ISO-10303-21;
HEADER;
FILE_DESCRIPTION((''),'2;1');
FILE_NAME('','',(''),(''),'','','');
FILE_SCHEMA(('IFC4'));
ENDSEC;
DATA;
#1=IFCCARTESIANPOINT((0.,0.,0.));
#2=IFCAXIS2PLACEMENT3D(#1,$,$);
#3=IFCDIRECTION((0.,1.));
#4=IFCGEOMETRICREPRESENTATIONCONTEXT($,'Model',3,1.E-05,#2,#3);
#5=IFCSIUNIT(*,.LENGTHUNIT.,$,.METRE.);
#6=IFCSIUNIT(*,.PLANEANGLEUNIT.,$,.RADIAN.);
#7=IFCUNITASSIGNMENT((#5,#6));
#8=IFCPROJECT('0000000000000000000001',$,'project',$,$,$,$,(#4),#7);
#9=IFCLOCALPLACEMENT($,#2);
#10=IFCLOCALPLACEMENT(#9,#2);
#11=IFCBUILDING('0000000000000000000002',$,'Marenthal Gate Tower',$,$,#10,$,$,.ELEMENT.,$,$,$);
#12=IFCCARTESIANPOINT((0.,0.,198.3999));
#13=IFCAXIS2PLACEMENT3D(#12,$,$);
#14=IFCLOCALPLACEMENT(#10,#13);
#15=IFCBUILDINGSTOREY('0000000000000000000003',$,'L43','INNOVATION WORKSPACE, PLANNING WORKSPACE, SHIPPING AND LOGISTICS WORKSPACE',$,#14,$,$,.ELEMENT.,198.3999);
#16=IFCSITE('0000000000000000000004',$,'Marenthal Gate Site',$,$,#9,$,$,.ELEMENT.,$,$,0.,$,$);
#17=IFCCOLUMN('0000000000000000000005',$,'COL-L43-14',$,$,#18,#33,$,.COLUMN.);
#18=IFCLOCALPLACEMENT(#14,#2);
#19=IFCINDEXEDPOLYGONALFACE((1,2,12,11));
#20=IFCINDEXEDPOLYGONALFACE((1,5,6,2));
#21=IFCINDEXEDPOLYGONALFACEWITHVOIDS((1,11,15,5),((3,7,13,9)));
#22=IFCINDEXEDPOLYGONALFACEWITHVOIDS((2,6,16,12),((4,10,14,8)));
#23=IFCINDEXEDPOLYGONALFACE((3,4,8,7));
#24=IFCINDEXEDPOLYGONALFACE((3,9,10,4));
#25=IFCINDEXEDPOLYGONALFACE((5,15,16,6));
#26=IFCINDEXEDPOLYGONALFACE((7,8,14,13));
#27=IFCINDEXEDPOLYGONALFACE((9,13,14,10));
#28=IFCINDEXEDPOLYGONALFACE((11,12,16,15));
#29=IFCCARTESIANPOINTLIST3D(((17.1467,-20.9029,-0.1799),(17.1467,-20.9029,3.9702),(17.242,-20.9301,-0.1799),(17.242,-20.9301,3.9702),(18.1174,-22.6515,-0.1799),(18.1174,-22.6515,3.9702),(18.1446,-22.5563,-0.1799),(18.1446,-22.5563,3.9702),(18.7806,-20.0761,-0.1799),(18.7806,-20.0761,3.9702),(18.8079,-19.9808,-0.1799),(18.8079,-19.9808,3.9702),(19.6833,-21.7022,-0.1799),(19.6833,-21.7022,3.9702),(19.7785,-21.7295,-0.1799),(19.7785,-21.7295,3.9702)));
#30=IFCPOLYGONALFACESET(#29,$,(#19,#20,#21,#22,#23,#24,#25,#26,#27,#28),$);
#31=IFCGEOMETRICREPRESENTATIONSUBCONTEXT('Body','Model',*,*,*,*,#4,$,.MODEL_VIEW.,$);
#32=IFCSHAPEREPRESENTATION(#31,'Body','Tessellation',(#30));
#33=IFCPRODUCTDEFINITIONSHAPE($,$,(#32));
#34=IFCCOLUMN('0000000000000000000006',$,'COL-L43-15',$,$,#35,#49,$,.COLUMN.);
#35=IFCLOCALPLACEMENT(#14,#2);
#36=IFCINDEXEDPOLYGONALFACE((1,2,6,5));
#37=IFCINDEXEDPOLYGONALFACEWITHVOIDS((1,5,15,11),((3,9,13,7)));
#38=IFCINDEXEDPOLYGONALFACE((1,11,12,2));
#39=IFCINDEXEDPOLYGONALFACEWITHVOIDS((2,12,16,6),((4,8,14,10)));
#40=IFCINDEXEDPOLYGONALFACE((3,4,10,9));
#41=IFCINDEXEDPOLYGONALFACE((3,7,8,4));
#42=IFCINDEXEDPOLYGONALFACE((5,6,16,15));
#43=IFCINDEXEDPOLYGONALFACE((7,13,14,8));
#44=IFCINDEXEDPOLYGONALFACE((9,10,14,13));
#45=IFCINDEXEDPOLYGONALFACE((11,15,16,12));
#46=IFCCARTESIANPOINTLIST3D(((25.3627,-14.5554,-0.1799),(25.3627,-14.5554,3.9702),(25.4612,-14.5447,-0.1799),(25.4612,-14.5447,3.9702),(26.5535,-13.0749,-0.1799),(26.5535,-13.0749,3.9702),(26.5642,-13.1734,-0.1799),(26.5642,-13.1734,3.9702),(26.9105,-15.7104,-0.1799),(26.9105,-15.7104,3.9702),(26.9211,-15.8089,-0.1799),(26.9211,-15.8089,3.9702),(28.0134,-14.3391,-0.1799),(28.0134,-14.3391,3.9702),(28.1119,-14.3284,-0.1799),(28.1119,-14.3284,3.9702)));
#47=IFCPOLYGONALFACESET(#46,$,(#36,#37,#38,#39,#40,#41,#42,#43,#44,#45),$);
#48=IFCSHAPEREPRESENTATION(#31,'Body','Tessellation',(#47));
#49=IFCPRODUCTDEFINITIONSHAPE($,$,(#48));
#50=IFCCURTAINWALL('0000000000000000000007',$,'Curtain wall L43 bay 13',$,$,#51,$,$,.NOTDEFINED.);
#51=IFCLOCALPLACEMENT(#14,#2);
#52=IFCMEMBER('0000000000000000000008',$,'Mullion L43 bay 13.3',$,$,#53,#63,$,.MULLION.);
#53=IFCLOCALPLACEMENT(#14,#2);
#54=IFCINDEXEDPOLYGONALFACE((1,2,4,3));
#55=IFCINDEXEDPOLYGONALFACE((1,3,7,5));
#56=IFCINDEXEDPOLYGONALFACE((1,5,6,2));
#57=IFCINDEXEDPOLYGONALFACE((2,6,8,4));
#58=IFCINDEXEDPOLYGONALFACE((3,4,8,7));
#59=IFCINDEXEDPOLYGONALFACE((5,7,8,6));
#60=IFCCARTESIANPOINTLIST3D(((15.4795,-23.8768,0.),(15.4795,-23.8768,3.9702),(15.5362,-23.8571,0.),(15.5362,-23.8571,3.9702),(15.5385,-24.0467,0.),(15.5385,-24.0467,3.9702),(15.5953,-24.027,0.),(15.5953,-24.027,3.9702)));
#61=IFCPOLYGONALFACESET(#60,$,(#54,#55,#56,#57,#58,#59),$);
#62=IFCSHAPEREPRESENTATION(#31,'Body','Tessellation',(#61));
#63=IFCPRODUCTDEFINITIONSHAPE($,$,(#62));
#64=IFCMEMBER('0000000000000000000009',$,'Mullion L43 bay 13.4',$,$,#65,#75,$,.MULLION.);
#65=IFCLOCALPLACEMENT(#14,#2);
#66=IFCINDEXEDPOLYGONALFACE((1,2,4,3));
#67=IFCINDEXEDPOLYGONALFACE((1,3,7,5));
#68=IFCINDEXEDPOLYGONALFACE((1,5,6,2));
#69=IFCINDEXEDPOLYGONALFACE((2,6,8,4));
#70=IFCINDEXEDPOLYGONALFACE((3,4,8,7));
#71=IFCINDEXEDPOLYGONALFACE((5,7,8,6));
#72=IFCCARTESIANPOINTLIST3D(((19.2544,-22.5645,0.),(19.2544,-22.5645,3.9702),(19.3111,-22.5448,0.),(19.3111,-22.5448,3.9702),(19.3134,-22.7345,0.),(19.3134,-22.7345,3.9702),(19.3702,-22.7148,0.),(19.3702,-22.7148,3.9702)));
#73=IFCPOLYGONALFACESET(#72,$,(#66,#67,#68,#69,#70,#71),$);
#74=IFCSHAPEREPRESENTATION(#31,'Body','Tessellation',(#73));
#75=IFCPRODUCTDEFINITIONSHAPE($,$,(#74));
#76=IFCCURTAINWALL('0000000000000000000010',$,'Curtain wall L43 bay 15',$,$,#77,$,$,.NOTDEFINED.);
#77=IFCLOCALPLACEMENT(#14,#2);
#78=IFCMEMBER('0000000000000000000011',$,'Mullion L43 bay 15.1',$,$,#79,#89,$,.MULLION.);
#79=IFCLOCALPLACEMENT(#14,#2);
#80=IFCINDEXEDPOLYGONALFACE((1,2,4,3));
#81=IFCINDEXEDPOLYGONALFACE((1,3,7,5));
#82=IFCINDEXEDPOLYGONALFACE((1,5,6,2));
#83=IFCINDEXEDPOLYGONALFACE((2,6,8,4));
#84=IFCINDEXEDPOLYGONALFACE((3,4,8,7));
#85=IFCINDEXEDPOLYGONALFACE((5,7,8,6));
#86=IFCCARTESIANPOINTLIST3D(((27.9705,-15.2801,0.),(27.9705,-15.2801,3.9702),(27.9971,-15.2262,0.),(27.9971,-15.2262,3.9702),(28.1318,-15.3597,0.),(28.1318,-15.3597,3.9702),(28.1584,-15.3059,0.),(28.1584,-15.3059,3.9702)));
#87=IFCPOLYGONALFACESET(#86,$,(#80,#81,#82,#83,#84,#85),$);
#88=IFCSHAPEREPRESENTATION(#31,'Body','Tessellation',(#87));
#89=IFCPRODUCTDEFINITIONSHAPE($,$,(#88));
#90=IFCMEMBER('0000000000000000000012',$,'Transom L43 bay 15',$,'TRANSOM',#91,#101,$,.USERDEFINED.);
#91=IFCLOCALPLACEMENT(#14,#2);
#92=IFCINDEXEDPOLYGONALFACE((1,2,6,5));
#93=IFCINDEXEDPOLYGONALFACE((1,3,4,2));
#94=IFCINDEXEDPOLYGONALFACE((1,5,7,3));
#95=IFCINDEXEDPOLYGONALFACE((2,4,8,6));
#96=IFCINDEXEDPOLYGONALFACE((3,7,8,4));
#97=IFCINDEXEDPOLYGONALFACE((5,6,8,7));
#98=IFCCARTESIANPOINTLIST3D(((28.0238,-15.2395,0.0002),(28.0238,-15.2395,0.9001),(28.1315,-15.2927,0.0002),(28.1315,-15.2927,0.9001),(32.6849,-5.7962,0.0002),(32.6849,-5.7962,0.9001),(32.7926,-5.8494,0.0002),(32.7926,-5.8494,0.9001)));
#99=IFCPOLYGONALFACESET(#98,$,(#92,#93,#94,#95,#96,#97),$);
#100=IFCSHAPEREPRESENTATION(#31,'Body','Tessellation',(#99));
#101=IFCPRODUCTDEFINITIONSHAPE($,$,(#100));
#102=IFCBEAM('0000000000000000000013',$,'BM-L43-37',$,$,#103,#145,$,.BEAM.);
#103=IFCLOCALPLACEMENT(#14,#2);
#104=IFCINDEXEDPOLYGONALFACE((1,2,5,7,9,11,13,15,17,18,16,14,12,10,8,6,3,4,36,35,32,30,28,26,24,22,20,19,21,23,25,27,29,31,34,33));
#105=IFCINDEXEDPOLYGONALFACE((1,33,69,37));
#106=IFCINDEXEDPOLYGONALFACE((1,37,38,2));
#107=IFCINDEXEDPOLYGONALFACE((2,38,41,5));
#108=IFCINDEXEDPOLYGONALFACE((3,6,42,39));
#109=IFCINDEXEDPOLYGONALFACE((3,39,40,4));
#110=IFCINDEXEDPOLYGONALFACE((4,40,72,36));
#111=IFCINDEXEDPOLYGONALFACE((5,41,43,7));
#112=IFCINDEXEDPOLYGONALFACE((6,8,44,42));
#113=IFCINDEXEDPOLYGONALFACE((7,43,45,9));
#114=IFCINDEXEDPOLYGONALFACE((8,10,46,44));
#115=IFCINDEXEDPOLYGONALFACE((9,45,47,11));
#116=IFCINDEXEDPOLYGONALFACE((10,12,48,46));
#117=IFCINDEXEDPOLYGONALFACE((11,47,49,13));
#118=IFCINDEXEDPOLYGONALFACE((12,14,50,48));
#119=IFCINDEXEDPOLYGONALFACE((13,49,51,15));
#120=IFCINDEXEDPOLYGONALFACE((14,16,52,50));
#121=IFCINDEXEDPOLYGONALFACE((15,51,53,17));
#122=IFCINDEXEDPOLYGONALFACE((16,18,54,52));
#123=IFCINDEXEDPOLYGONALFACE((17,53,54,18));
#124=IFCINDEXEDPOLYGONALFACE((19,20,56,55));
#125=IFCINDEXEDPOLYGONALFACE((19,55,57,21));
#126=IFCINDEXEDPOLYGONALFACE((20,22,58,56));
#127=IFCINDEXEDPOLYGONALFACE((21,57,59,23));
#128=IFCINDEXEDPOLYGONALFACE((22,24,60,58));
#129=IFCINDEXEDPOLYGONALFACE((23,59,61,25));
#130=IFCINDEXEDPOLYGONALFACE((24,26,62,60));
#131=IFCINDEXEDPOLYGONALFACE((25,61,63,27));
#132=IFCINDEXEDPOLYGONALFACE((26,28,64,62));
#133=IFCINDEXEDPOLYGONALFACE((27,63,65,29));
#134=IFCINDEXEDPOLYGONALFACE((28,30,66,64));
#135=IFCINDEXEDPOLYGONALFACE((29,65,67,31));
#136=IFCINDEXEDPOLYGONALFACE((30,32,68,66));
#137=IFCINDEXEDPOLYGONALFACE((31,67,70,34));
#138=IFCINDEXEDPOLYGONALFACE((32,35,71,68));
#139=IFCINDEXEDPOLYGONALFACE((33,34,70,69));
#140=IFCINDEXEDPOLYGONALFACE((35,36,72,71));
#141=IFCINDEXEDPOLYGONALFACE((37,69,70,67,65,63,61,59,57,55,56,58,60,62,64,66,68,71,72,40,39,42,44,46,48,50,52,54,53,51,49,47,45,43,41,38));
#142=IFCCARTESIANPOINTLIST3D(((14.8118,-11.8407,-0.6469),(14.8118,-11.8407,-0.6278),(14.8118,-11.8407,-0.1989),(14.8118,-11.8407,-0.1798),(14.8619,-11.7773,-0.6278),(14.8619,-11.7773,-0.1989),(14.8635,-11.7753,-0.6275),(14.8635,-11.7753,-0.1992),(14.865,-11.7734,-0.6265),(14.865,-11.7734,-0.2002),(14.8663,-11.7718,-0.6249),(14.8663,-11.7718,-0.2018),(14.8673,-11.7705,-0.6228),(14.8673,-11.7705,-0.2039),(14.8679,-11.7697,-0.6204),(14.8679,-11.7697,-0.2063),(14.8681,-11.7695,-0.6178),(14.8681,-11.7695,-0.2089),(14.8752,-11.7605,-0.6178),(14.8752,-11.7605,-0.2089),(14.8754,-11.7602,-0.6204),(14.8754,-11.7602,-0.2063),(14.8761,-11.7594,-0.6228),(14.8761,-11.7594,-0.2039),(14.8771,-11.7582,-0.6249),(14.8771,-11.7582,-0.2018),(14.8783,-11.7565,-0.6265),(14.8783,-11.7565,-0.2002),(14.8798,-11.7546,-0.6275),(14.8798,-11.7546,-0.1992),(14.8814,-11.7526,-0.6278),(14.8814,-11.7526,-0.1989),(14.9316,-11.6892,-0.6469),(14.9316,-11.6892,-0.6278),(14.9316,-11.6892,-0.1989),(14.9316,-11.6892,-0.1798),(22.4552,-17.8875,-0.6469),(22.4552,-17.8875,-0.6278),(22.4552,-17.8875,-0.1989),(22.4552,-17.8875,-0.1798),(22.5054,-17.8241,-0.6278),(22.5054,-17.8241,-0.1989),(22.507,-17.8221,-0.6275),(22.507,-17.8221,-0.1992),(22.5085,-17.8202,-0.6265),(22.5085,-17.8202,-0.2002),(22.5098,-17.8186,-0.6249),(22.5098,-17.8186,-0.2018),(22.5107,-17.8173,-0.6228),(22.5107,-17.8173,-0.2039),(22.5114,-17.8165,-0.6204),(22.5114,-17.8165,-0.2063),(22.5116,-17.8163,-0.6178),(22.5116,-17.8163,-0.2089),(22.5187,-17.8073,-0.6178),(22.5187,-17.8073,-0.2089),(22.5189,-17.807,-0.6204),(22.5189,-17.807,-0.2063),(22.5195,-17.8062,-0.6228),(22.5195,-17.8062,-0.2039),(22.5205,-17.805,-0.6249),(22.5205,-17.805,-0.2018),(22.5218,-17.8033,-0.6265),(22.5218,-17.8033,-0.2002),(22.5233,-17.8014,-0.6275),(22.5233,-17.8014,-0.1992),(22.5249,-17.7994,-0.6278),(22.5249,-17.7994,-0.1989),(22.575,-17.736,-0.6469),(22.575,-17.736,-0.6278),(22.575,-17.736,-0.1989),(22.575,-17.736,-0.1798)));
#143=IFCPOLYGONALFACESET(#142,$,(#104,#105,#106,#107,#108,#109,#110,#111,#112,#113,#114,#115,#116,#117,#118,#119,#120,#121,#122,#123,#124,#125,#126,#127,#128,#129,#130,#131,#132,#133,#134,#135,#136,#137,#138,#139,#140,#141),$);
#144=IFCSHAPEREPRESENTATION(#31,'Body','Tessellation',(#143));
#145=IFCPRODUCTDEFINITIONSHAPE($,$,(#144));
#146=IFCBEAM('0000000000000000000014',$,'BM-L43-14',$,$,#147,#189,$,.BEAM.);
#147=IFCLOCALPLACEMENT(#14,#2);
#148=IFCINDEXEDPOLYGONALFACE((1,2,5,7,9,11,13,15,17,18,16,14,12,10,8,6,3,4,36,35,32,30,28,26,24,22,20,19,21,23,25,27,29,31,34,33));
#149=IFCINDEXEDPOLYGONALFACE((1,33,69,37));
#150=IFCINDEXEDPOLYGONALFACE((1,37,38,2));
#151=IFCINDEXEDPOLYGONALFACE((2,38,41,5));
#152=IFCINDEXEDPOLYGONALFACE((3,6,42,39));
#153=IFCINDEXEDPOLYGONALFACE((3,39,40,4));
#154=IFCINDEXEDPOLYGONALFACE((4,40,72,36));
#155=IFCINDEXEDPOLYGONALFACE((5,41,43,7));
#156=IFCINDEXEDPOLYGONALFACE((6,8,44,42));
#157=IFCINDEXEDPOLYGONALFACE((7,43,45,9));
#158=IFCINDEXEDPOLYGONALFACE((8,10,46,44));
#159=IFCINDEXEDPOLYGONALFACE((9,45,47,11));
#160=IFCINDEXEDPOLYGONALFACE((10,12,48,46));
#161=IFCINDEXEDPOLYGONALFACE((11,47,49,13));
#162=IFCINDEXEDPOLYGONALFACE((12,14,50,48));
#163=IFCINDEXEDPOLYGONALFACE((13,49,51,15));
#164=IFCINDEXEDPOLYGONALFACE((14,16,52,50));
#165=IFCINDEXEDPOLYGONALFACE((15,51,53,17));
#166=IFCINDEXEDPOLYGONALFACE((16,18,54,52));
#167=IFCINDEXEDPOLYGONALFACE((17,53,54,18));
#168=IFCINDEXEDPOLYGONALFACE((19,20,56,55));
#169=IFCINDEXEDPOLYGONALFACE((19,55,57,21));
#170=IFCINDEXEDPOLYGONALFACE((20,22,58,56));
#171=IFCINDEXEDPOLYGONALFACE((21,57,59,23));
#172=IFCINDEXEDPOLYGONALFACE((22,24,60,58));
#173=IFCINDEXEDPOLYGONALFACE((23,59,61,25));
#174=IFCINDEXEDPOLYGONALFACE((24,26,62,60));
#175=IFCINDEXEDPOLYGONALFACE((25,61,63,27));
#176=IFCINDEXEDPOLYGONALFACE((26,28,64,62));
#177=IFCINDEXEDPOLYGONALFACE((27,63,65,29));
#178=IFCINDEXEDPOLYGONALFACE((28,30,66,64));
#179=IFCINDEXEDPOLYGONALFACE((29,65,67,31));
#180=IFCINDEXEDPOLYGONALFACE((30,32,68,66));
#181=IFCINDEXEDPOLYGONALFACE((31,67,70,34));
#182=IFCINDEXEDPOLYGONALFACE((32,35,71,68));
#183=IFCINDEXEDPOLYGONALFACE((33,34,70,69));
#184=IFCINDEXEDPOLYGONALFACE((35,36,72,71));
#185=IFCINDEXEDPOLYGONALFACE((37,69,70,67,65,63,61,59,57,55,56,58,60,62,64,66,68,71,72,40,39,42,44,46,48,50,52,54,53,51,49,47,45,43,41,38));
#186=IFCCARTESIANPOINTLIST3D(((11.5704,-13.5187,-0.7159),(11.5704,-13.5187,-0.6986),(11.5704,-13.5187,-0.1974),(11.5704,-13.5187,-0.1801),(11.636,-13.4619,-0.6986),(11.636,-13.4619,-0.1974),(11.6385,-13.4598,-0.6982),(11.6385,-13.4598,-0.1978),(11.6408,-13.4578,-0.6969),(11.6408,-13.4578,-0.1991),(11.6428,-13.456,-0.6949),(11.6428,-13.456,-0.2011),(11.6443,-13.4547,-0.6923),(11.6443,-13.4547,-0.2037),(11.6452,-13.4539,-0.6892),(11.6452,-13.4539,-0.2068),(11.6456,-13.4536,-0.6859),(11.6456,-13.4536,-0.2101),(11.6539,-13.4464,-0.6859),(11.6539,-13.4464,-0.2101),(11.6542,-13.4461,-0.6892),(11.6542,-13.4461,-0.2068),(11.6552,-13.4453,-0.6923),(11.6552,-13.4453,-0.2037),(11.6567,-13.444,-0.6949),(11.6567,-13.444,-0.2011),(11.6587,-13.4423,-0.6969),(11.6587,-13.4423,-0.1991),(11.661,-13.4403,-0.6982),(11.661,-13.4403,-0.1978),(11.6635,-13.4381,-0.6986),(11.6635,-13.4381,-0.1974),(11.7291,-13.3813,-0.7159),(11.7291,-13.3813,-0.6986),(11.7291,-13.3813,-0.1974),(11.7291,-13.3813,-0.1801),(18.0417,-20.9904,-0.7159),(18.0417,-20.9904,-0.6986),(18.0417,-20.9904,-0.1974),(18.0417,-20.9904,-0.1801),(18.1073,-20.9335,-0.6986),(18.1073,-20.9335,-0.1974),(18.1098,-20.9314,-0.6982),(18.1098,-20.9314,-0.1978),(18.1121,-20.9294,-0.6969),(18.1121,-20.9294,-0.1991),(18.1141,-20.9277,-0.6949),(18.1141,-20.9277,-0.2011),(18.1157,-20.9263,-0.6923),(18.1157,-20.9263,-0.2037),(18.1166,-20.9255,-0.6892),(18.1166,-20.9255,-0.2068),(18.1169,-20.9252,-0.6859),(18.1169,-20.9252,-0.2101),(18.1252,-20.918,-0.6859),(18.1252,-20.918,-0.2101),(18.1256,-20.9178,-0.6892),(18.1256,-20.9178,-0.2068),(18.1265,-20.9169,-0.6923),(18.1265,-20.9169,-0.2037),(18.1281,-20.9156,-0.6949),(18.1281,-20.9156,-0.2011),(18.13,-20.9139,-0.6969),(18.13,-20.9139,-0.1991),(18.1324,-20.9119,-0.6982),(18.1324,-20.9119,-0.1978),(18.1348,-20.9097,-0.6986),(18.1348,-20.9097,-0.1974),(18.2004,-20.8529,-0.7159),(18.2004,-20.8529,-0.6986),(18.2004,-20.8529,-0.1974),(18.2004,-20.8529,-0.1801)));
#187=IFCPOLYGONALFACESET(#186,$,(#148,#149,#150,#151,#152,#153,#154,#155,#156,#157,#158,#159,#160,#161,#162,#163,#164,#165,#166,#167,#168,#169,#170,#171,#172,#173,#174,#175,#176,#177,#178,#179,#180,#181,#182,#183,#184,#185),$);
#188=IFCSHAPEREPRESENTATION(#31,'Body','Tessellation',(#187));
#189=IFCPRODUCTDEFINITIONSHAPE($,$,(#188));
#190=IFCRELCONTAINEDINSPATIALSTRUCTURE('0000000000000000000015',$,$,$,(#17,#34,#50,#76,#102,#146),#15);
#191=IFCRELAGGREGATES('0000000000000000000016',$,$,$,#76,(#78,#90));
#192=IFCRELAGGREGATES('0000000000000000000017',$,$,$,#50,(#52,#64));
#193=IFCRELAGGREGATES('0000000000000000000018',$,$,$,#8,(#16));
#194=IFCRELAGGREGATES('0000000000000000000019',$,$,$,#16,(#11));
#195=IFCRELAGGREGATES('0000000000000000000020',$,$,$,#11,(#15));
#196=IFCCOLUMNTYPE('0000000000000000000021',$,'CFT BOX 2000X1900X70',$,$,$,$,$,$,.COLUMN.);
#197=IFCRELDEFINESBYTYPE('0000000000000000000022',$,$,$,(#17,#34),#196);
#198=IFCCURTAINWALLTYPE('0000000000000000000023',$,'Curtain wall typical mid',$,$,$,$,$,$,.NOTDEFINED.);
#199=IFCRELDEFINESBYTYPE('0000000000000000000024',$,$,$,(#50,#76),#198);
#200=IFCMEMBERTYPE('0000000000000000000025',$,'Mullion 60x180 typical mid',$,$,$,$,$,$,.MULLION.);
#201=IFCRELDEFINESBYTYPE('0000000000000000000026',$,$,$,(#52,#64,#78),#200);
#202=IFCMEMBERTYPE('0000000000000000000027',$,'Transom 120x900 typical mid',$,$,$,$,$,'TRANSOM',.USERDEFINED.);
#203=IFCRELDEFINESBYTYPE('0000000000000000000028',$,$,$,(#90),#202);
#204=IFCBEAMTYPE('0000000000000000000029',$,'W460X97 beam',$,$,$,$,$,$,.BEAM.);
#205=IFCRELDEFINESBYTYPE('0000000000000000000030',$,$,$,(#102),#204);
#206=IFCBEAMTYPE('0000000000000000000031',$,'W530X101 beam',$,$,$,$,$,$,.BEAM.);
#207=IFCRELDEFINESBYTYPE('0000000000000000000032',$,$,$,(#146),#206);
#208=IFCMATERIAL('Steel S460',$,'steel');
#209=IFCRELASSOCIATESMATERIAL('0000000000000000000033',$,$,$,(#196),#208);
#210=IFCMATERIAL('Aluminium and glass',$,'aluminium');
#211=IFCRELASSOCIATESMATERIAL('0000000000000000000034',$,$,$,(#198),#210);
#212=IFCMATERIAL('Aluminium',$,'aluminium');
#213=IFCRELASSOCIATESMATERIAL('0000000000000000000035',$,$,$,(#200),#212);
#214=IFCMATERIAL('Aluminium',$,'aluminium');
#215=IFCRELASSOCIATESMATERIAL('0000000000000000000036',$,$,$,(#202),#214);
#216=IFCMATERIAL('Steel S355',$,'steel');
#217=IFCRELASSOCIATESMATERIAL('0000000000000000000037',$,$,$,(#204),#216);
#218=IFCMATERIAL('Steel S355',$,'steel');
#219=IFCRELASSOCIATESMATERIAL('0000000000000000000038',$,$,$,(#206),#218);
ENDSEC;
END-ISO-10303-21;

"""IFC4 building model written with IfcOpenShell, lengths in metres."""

from ifc_helpers import new_model, si_unit, direction, frame, origin, origin_2d, place, context, subcontext, project, spatial, rectangle, hollow_rectangle, i_section, extrude, material, material_profile, profile_set, type_object, element, aggregate, save


model = new_model("IFC4")

# Units and contexts
model_context = context("Model", 3, precision=1e-05, world=origin(), true_north=direction((0.0, 1.0)))
body_context = subcontext(model_context, "Body", "Model", "MODEL_VIEW")
ifc_project = project(units=[si_unit("LENGTHUNIT", "METRE"), si_unit("PLANEANGLEUNIT", "RADIAN")], contexts=[model_context])

# Site, building, storey
site_placement = place(None, origin())
site = spatial("IfcSite", under=ifc_project, at=site_placement, Name="Marenthal Gate Site", CompositionType="ELEMENT", RefElevation=0.0)
building_placement = place(site_placement, origin())
building = spatial("IfcBuilding", under=site, at=building_placement, Name="Marenthal Gate Tower", CompositionType="ELEMENT")
storey_placement = place(building_placement, frame((0.0, 0.0, 198.3999)))
storey = spatial("IfcBuildingStorey", under=building, at=storey_placement, Name="L43", Description="INNOVATION WORKSPACE, PLANNING WORKSPACE, SHIPPING AND LOGISTICS WORKSPACE", CompositionType="ELEMENT", Elevation=198.3999)

# Columns
ifc_material_1 = material(Name="Steel S460", Category="steel")
ifc_material_profile_1 = material_profile(ifc_material_1, hollow_rectangle(XDim=1.8999, YDim=2.0, WallThickness=0.0701, at=origin_2d()), Name="CFT BOX 2000X1900X70")
ifc_material_2 = material(Name="Concrete 70 MPa", Category="concrete")
ifc_material_profile_2 = material_profile(ifc_material_2, rectangle(XDim=1.76, YDim=1.8601, at=origin_2d()), Name="CFT BOX 2000X1900X70 INFILL")
ifc_profile_set_1 = profile_set([ifc_material_profile_1, ifc_material_profile_2], Name="Steel S460 shell, Concrete 70 MPa infill")
column_type = type_object("IfcColumnType", Name="CFT BOX 2000X1900X70", PredefinedType="COLUMN", material=ifc_profile_set_1)
for number, where, z_axis, x_axis, name in (
    (1, (18.4626, -21.3162, -0.1799), (0.0, 0.0, 1.0), (-0.874337, -0.485319, 0.0), "COL-L43-14"),
    (2, (26.7373, -14.4419, -0.1799), (0.0, 0.0, 1.0), (-0.626752, -0.779219, 0.0), "COL-L43-15"),
):
    element("IfcColumn", number, at=place(storey_placement, frame(where, z_axis=z_axis, x_axis=x_axis)), inside=storey, type_object=column_type, Name=name, PredefinedType="COLUMN", context=body_context, shape_type="SweptSolid", body=[
        extrude(hollow_rectangle(XDim=1.8999, YDim=2.0, WallThickness=0.0701, at=origin_2d()), origin(), (0.0, 0.0, 1.0), 4.1501),
    ])

# Curtain walls, members
ifc_material_3 = material(Name="Aluminium and glass", Category="aluminium")
curtain_wall_type = type_object("IfcCurtainWallType", Name="Curtain wall typical mid", PredefinedType="NOTDEFINED", material=ifc_material_3)
curtain_wall_1_placement = place(storey_placement, origin())
curtain_wall_1 = element("IfcCurtainWall", 3, at=curtain_wall_1_placement, inside=storey, type_object=curtain_wall_type, Name="Curtain wall L43 bay 13", PredefinedType="NOTDEFINED")
ifc_material_4 = material(Name="Aluminium", Category="aluminium")
ifc_material_profile_3 = material_profile(ifc_material_4, rectangle(XDim=0.1799, YDim=0.0601, at=origin_2d()), Name="60x180 aluminium mullion")
ifc_profile_set_2 = profile_set([ifc_material_profile_3], Name="Aluminium")
member_type_1 = type_object("IfcMemberType", Name="Mullion 60x180 typical mid", PredefinedType="MULLION", material=ifc_profile_set_2)
member_1_placement = place(storey_placement, frame((15.5374, -23.9519, 0.0), z_axis=(0.0, 0.0, 1.0), x_axis=(-0.328332, 0.944562, 0.0)))
member_1 = element("IfcMember", 4, at=member_1_placement, type_object=member_type_1, Name="Mullion L43 bay 13.3", PredefinedType="MULLION", context=body_context, shape_type="SweptSolid", body=[
    extrude(rectangle(XDim=0.1799, YDim=0.0601, at=origin_2d()), origin(), (0.0, 0.0, 1.0), 3.9702),
])
member_2_placement = place(storey_placement, frame((19.3123, -22.6396, 0.0), z_axis=(0.0, 0.0, 1.0), x_axis=(-0.328332, 0.944562, 0.0)))
member_2 = element("IfcMember", 5, at=member_2_placement, type_object=member_type_1, Name="Mullion L43 bay 13.4", PredefinedType="MULLION", context=body_context, shape_type="SweptSolid", body=[
    extrude(rectangle(XDim=0.1799, YDim=0.0601, at=origin_2d()), origin(), (0.0, 0.0, 1.0), 3.9702),
])
curtain_wall_2_placement = place(storey_placement, origin())
curtain_wall_2 = element("IfcCurtainWall", 6, at=curtain_wall_2_placement, inside=storey, type_object=curtain_wall_type, Name="Curtain wall L43 bay 15", PredefinedType="NOTDEFINED")
member_3_placement = place(storey_placement, frame((28.0645, -15.293, 0.0), z_axis=(0.0, 0.0, 1.0), x_axis=(-0.896716, 0.442607, 0.0)))
member_3 = element("IfcMember", 7, at=member_3_placement, type_object=member_type_1, Name="Mullion L43 bay 15.1", PredefinedType="MULLION", context=body_context, shape_type="SweptSolid", body=[
    extrude(rectangle(XDim=0.1799, YDim=0.0601, at=origin_2d()), origin(), (0.0, 0.0, 1.0), 3.9702),
])
ifc_material_5 = material(Name="Aluminium", Category="aluminium")
ifc_material_profile_4 = material_profile(ifc_material_5, rectangle(XDim=0.1201, YDim=0.8999, at=origin_2d()), Name="120x900 aluminium transom")
ifc_profile_set_3 = profile_set([ifc_material_profile_4], Name="Aluminium")
member_type_2 = type_object("IfcMemberType", Name="Transom 120x900 typical mid", ElementType="TRANSOM", PredefinedType="USERDEFINED", material=ifc_profile_set_3)
member_4_placement = place(storey_placement, frame((28.0776, -15.2661, 0.4502), z_axis=(0.442608, 0.896715, 0.0), x_axis=(-0.896715, 0.442608, 0.0)))
member_4 = element("IfcMember", 8, at=member_4_placement, type_object=member_type_2, Name="Transom L43 bay 15", ObjectType="TRANSOM", PredefinedType="USERDEFINED", context=body_context, shape_type="SweptSolid", body=[
    extrude(rectangle(XDim=0.1201, YDim=0.8999, at=origin_2d()), origin(), (0.0, 0.0, 1.0), 10.531),
])
aggregate(curtain_wall_2, [member_3, member_4])

# Beams
ifc_material_6 = material(Name="Steel S355", Category="steel")
ifc_material_profile_5 = material_profile(ifc_material_6, i_section(OverallWidth=0.1931, OverallDepth=0.467, WebThickness=0.0115, FlangeThickness=0.019, FilletRadius=0.01, at=origin_2d()), Name="W460X97")
ifc_profile_set_4 = profile_set([ifc_material_profile_5], Name="Steel S355")
beam_type_1 = type_object("IfcBeamType", Name="W460X97 beam", PredefinedType="BEAM", material=ifc_profile_set_4)
beam_1_placement = place(storey_placement, frame((22.5151, -17.8118, -0.4133), z_axis=(-0.784259, 0.620433, 0.0), x_axis=(-0.620433, -0.784259, 0.0)))
element("IfcBeam", 9, at=beam_1_placement, inside=storey, type_object=beam_type_1, Name="BM-L43-37", PredefinedType="BEAM", context=body_context, shape_type="SweptSolid", body=[
    extrude(i_section(OverallWidth=0.1931, OverallDepth=0.467, WebThickness=0.0115, FlangeThickness=0.019, FilletRadius=0.01, at=origin_2d()), origin(), (0.0, 0.0, 1.0), 9.7461),
])
ifc_material_7 = material(Name="Steel S355", Category="steel")
ifc_material_profile_6 = material_profile(ifc_material_7, i_section(OverallWidth=0.21, OverallDepth=0.5359, WebThickness=0.011, FlangeThickness=0.0173, FilletRadius=0.0127, at=origin_2d()), Name="W530X101")
ifc_profile_set_5 = profile_set([ifc_material_profile_6], Name="Steel S355")
beam_type_2 = type_object("IfcBeamType", Name="W530X101 beam", PredefinedType="BEAM", material=ifc_profile_set_5)
beam_2_placement = place(storey_placement, frame((18.1211, -20.9216, -0.448), z_axis=(-0.654698, 0.75589, 0.0), x_axis=(-0.75589, -0.654698, 0.0)))
element("IfcBeam", 10, at=beam_2_placement, inside=storey, type_object=beam_type_2, Name="BM-L43-14", PredefinedType="BEAM", context=body_context, shape_type="SweptSolid", body=[
    extrude(i_section(OverallWidth=0.21, OverallDepth=0.5359, WebThickness=0.011, FlangeThickness=0.0173, FilletRadius=0.0127, at=origin_2d()), origin(), (0.0, 0.0, 1.0), 9.8845),
])

aggregate(curtain_wall_1, [member_1, member_2])

save(model, "model.ifc")
